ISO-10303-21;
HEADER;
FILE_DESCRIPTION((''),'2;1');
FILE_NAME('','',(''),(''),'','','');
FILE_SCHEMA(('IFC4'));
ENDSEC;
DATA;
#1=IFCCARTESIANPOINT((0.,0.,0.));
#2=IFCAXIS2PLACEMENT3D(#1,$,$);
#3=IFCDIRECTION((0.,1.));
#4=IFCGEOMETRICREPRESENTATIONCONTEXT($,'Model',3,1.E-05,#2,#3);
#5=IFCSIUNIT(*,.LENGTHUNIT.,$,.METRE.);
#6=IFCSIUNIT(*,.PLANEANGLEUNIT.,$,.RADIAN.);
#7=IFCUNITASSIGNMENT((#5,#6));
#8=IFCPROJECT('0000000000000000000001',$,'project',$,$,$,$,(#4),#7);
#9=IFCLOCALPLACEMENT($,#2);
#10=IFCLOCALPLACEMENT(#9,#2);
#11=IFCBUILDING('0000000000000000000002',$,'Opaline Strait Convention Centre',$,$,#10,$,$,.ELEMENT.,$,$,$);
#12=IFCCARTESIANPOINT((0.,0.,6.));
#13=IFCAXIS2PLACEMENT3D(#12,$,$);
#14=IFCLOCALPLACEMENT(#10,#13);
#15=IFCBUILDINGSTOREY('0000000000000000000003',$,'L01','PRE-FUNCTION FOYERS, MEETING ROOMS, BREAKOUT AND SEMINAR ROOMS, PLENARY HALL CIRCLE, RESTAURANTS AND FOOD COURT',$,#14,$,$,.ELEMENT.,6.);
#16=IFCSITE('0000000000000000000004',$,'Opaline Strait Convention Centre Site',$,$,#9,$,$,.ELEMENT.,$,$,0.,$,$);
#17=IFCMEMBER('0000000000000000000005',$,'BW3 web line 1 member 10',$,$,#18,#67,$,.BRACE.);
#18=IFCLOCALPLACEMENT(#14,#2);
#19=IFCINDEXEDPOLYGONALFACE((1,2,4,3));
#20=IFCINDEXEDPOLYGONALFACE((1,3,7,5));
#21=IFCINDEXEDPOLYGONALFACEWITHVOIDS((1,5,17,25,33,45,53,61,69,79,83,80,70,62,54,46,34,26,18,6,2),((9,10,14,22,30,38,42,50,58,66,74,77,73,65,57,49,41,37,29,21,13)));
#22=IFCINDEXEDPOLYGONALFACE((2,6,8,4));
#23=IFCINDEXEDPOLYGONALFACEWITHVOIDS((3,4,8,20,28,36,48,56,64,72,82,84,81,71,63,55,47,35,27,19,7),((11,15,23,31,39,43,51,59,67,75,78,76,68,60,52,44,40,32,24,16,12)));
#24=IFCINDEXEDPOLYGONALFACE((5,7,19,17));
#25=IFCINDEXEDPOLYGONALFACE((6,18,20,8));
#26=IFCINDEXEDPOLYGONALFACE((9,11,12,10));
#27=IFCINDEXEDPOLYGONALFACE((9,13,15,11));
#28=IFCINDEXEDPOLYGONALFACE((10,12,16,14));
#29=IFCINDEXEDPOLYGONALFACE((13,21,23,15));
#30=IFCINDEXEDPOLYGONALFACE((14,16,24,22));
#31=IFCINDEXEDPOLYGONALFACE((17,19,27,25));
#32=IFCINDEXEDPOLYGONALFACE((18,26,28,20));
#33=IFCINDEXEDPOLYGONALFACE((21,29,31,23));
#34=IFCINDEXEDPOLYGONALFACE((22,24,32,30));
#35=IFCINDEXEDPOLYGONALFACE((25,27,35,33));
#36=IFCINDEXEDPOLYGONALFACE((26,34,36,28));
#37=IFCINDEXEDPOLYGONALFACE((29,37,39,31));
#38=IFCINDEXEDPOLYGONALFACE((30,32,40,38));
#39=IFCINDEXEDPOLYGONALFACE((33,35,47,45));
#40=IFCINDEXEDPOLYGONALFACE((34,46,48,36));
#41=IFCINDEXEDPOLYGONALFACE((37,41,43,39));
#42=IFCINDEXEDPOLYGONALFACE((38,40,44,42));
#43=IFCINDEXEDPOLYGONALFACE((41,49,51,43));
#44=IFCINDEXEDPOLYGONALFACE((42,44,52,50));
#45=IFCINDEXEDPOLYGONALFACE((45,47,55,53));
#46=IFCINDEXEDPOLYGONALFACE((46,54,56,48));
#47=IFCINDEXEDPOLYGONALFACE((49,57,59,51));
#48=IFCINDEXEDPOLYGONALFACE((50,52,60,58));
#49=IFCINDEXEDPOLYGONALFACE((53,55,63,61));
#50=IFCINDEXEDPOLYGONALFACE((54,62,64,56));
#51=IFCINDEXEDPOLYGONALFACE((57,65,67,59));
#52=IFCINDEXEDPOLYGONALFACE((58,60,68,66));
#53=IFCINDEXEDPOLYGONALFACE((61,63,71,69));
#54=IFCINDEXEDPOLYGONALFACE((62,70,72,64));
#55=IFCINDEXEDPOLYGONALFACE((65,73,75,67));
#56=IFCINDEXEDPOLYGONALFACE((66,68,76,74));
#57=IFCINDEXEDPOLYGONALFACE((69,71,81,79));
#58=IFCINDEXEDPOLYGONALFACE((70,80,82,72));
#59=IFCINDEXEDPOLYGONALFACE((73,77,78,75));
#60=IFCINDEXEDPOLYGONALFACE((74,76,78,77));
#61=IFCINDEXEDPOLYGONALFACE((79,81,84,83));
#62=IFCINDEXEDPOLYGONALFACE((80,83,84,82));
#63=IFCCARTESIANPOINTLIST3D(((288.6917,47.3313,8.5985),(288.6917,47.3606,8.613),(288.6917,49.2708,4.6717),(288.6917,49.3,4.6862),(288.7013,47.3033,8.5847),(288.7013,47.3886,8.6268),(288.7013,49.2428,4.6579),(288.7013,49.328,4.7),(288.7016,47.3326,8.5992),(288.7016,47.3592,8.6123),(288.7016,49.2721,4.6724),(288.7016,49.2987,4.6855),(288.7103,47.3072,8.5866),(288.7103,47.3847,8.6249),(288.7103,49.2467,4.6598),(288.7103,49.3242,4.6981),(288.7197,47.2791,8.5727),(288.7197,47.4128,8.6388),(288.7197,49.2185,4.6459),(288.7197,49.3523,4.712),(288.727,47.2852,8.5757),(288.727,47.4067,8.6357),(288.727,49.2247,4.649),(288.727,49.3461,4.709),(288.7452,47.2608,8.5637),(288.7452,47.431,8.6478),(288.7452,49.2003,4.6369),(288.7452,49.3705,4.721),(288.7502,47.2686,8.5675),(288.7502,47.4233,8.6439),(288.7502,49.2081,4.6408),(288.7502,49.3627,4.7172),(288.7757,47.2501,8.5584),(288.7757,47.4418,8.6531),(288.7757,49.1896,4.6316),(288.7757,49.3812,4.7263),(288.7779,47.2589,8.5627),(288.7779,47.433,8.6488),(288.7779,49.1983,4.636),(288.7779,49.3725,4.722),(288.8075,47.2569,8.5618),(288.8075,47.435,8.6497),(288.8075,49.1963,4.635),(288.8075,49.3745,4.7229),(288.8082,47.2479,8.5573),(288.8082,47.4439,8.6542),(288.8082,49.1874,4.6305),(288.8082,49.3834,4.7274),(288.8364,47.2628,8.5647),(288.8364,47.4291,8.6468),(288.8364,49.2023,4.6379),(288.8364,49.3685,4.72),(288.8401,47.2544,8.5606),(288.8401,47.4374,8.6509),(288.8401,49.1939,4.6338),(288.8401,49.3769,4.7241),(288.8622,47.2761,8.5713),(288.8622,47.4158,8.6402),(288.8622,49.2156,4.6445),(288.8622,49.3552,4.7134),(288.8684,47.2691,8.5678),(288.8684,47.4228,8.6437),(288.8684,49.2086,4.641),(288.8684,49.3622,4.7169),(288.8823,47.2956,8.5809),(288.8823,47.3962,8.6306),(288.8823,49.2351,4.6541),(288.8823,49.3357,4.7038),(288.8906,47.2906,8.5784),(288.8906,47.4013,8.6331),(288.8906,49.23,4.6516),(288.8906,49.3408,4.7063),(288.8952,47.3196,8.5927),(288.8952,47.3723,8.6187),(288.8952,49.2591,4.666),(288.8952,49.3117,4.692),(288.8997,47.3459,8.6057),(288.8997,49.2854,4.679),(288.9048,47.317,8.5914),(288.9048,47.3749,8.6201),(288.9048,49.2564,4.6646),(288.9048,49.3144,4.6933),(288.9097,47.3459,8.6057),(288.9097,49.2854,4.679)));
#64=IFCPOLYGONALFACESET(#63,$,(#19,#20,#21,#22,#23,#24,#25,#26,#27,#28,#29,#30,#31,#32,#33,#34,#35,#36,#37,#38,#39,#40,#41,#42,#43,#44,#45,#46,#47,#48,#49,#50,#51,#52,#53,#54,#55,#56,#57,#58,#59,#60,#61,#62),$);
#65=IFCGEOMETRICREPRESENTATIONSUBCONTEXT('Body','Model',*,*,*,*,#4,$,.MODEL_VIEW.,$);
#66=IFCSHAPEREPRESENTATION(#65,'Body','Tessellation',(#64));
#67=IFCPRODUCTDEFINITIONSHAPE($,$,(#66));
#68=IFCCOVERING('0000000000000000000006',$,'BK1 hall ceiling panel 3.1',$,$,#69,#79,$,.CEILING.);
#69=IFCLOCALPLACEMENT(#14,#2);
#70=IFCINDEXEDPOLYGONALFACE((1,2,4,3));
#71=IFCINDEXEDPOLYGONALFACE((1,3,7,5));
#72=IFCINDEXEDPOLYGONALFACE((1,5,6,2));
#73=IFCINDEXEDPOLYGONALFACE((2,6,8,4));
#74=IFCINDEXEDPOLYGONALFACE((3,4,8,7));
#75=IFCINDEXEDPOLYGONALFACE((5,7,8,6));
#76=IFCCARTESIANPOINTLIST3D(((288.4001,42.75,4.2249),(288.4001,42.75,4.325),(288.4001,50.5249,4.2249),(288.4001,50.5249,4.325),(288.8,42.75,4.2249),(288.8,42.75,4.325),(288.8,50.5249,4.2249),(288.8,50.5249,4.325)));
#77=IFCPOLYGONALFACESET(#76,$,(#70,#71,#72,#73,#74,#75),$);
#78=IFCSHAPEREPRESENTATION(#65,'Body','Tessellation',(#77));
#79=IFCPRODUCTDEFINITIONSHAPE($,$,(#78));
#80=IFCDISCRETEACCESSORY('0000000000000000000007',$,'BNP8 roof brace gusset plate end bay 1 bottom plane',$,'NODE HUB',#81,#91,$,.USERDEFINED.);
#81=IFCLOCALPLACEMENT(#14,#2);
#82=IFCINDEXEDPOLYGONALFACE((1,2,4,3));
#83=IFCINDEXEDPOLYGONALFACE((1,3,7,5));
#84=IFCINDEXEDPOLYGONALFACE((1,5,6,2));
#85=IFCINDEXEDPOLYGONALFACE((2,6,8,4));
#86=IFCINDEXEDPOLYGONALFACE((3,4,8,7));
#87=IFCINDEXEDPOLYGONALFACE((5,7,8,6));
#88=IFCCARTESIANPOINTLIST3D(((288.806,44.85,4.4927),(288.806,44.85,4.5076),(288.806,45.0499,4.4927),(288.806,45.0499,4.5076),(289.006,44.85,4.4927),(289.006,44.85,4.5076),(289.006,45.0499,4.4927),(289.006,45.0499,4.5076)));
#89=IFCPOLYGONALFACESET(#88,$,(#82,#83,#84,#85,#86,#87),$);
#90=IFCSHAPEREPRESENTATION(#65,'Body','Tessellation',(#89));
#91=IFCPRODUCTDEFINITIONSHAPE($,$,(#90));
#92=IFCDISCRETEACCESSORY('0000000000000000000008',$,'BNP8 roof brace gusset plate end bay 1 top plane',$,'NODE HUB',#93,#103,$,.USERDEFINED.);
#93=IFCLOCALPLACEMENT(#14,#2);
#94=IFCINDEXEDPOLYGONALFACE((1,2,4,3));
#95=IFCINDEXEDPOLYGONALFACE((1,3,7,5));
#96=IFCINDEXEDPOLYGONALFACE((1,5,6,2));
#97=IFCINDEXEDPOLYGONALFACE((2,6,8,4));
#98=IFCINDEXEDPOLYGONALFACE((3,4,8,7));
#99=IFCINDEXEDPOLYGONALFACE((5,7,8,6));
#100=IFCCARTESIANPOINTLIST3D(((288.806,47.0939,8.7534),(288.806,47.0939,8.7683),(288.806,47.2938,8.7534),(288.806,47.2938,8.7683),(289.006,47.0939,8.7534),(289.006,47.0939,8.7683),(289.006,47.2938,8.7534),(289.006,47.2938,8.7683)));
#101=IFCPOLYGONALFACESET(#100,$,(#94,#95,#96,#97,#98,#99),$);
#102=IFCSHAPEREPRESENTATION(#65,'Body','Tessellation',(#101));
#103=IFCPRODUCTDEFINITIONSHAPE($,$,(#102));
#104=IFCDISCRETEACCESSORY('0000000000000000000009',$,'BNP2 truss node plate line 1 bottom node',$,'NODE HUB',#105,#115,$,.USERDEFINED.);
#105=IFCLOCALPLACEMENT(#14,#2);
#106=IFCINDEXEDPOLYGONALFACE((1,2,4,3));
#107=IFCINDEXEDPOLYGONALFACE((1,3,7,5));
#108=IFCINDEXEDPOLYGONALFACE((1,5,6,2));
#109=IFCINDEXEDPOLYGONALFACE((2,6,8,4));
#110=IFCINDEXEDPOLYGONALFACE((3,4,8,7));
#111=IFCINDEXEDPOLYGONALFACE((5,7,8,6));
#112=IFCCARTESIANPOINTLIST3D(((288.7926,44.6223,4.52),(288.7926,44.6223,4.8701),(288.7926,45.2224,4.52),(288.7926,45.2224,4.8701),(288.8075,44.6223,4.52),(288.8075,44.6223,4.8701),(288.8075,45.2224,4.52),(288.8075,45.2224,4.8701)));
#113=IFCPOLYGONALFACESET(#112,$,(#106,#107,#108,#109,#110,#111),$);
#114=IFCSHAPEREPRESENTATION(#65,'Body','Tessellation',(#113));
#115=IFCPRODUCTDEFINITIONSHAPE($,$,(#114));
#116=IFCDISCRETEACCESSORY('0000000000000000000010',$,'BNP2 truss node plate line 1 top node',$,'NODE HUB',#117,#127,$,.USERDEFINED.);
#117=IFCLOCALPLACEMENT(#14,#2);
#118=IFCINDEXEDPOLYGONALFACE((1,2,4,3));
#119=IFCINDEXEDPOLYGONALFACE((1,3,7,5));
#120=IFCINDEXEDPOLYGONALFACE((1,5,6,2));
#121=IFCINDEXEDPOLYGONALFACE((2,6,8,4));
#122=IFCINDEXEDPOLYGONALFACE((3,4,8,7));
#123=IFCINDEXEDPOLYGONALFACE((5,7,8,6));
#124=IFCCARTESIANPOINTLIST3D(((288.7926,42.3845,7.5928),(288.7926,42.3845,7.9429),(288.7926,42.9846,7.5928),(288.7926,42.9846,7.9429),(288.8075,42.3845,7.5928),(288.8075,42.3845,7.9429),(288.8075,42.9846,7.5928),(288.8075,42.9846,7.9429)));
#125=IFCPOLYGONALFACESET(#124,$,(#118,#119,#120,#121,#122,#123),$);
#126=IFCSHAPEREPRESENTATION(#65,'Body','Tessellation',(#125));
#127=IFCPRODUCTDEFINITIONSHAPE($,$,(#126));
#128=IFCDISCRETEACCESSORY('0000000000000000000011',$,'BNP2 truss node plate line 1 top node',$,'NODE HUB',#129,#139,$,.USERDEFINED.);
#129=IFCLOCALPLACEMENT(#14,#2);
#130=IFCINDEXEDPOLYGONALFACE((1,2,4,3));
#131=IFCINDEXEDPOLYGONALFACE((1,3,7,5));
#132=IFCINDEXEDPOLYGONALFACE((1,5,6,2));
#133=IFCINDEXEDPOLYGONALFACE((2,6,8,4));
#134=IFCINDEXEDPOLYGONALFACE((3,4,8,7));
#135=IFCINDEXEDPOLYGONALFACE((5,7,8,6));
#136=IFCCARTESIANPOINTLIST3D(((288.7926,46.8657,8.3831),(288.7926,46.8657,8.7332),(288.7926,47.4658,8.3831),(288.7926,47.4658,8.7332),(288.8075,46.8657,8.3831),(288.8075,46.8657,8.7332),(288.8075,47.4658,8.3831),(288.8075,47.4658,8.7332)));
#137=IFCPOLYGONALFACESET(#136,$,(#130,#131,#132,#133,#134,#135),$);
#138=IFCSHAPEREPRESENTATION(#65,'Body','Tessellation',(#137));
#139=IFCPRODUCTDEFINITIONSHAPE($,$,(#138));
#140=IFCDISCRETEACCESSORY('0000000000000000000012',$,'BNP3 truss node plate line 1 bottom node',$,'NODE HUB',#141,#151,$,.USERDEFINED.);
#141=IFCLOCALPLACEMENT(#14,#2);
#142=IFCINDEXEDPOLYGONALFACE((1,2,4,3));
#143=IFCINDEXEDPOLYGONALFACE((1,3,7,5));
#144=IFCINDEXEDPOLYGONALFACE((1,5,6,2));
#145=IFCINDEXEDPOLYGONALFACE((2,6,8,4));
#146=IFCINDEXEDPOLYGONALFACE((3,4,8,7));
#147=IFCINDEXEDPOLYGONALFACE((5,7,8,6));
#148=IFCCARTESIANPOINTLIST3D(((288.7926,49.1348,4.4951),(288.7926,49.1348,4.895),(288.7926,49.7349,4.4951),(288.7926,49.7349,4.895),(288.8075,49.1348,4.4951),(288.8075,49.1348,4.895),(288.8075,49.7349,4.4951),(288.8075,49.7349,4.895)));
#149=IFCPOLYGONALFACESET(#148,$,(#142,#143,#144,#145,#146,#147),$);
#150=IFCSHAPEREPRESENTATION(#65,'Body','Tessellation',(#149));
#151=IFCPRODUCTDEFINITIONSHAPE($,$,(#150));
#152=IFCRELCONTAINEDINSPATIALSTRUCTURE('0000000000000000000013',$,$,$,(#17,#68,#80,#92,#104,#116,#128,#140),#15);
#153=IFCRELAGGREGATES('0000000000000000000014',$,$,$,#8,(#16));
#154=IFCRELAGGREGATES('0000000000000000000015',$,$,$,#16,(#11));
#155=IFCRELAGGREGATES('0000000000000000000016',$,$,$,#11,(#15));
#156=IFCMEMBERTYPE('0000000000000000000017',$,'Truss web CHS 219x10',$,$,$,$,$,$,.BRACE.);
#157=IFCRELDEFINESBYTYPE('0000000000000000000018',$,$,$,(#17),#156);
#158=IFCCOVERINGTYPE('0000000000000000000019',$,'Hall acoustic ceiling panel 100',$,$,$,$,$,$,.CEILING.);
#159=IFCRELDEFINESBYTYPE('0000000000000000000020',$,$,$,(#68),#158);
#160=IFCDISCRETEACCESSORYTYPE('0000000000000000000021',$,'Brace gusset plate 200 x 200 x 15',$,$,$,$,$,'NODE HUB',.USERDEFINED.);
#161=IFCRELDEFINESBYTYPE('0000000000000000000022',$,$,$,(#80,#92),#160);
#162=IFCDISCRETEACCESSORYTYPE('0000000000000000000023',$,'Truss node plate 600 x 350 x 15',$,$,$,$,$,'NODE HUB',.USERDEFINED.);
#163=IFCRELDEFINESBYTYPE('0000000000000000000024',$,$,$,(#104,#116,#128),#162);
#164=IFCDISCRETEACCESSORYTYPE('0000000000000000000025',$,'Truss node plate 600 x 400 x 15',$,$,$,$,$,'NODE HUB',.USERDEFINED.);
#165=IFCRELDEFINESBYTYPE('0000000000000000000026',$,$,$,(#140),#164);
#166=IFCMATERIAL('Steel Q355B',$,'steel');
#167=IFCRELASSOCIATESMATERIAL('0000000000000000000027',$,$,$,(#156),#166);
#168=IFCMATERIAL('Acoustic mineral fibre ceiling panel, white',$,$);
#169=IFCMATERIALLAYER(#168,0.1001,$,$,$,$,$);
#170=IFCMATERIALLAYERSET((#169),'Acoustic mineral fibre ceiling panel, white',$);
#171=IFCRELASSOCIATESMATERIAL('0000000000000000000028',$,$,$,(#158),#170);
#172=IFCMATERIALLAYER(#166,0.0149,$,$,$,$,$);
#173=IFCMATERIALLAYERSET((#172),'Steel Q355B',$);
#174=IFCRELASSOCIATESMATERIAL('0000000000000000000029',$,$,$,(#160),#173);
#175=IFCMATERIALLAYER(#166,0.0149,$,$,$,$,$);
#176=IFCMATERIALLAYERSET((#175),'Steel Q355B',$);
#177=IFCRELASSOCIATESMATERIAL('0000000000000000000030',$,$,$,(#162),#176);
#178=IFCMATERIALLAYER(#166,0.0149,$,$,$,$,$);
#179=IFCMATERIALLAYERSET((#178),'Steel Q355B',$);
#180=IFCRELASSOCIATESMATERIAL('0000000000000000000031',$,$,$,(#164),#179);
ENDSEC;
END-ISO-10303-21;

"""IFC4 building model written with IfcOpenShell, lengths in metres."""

from ifc_helpers import new_model, si_unit, direction, frame, origin, origin_2d, place, context, subcontext, project, spatial, rectangle, hollow_circle, extrude, material, layer, layer_set, material_profile, profile_set, type_object, element, save


model = new_model("IFC4")

# Units and contexts
model_context = context("Model", 3, precision=1e-05, world=origin(), true_north=direction((0.0, 1.0)))
body_context = subcontext(model_context, "Body", "Model", "MODEL_VIEW")
ifc_project = project(units=[si_unit("LENGTHUNIT", "METRE"), si_unit("PLANEANGLEUNIT", "RADIAN")], contexts=[model_context])

# Site, building, storey
site_placement = place(None, origin())
site = spatial("IfcSite", under=ifc_project, at=site_placement, Name="Opaline Strait Convention Centre Site", CompositionType="ELEMENT", RefElevation=0.0)
building_placement = place(site_placement, origin())
building = spatial("IfcBuilding", under=site, at=building_placement, Name="Opaline Strait Convention Centre", CompositionType="ELEMENT")
storey_placement = place(building_placement, frame((0.0, 0.0, 6.0)))
storey = spatial("IfcBuildingStorey", under=building, at=storey_placement, Name="L01", Description="PRE-FUNCTION FOYERS, MEETING ROOMS, BREAKOUT AND SEMINAR ROOMS, PLENARY HALL CIRCLE, RESTAURANTS AND FOOD COURT", CompositionType="ELEMENT", Elevation=6.0)

# Member
ifc_material_1 = material(Name="Steel Q355B", Category="steel")
ifc_material_profile_1 = material_profile(ifc_material_1, hollow_circle(Radius=0.1096, WallThickness=0.01, at=origin_2d()), Name="CHS 219x10")
ifc_profile_set_1 = profile_set([ifc_material_profile_1], Name="Steel Q355B")
member_type_1 = type_object("IfcMemberType", Name="Truss web CHS 219x10", PredefinedType="BRACE", material=ifc_profile_set_1)
member_1_placement = place(storey_placement, frame((288.8, 49.2854, 4.679), z_axis=(0.0, -0.442838, 0.896602), x_axis=(1.0, 0.0, 0.0)))
element("IfcMember", 1, at=member_1_placement, inside=storey, type_object=member_type_1, Name="BW3 web line 1 member 10", PredefinedType="BRACE", context=body_context, shape_type="SweptSolid", body=[
    extrude(hollow_circle(Radius=0.1096, WallThickness=0.01, at=origin_2d()), origin(), (0.0, 0.0, 1.0), 4.3796),
])

# Covering
ifc_material_2 = material(Name="Acoustic mineral fibre ceiling panel, white")
ifc_layer_1 = layer(ifc_material_2, 0.1001)
ifc_layer_set_1 = layer_set([ifc_layer_1], Name="Acoustic mineral fibre ceiling panel, white")
covering_type = type_object("IfcCoveringType", Name="Hall acoustic ceiling panel 100", PredefinedType="CEILING", material=ifc_layer_set_1)
covering_placement = place(storey_placement, frame((288.6001, 46.6375, 4.2249), z_axis=(0.0, 0.0, 1.0), x_axis=(1.0, 0.0, 0.0)))
element("IfcCovering", 2, at=covering_placement, inside=storey, type_object=covering_type, Name="BK1 hall ceiling panel 3.1", PredefinedType="CEILING", context=body_context, shape_type="SweptSolid", body=[
    extrude(rectangle(XDim=0.3999, YDim=7.7749, at=origin_2d()), origin(), (0.0, 0.0, 1.0), 0.1001),
])

# Discrete accessories
ifc_layer_2 = layer(ifc_material_1, 0.0149)
ifc_layer_set_2 = layer_set([ifc_layer_2], Name="Steel Q355B")
discrete_accessory_type_1 = type_object("IfcDiscreteAccessoryType", Name="Brace gusset plate 200 x 200 x 15", ElementType="NODE HUB", PredefinedType="USERDEFINED", material=ifc_layer_set_2)
for number, where, z_axis, x_axis, name in (
    (3, (288.906, 44.95, 4.4927), (0.0, 0.0, 1.0), (1.0, 0.0, 0.0), "BNP8 roof brace gusset plate end bay 1 bottom plane"),
    (4, (288.906, 47.1938, 8.7534), (0.0, 0.0, 1.0), (1.0, 0.0, 0.0), "BNP8 roof brace gusset plate end bay 1 top plane"),
):
    element("IfcDiscreteAccessory", number, at=place(storey_placement, frame(where, z_axis=z_axis, x_axis=x_axis)), inside=storey, type_object=discrete_accessory_type_1, Name=name, ObjectType="NODE HUB", PredefinedType="USERDEFINED", context=body_context, shape_type="SweptSolid", body=[
        extrude(rectangle(XDim=0.2, YDim=0.2, at=origin_2d()), origin(), (0.0, 0.0, 1.0), 0.0149),
    ])
ifc_layer_3 = layer(ifc_material_1, 0.0149)
ifc_layer_set_3 = layer_set([ifc_layer_3], Name="Steel Q355B")
discrete_accessory_type_2 = type_object("IfcDiscreteAccessoryType", Name="Truss node plate 600 x 350 x 15", ElementType="NODE HUB", PredefinedType="USERDEFINED", material=ifc_layer_set_3)
for number, where, z_axis, x_axis, name in (
    (5, (288.8, 44.9224, 4.52), (0.0, 0.0, 1.0), (1.0, 0.0, 0.0), "BNP2 truss node plate line 1 bottom node"),
    (6, (288.8, 42.6846, 7.5928), (0.0, 0.0, 1.0), (1.0, 0.0, 0.0), "BNP2 truss node plate line 1 top node"),
    (7, (288.8, 47.1658, 8.3831), (0.0, 0.0, 1.0), (1.0, 0.0, 0.0), "BNP2 truss node plate line 1 top node"),
):
    element("IfcDiscreteAccessory", number, at=place(storey_placement, frame(where, z_axis=z_axis, x_axis=x_axis)), inside=storey, type_object=discrete_accessory_type_2, Name=name, ObjectType="NODE HUB", PredefinedType="USERDEFINED", context=body_context, shape_type="SweptSolid", body=[
        extrude(rectangle(XDim=0.0149, YDim=0.6001, at=origin_2d()), origin(), (0.0, 0.0, 1.0), 0.3501),
    ])
ifc_layer_4 = layer(ifc_material_1, 0.0149)
ifc_layer_set_4 = layer_set([ifc_layer_4], Name="Steel Q355B")
discrete_accessory_type_3 = type_object("IfcDiscreteAccessoryType", Name="Truss node plate 600 x 400 x 15", ElementType="NODE HUB", PredefinedType="USERDEFINED", material=ifc_layer_set_4)
discrete_accessory_placement = place(storey_placement, frame((288.8, 49.4348, 4.4951), z_axis=(0.0, 0.0, 1.0), x_axis=(1.0, 0.0, 0.0)))
element("IfcDiscreteAccessory", 8, at=discrete_accessory_placement, inside=storey, type_object=discrete_accessory_type_3, Name="BNP3 truss node plate line 1 bottom node", ObjectType="NODE HUB", PredefinedType="USERDEFINED", context=body_context, shape_type="SweptSolid", body=[
    extrude(rectangle(XDim=0.0149, YDim=0.6001, at=origin_2d()), origin(), (0.0, 0.0, 1.0), 0.3999),
])

save(model, "model.ifc")
